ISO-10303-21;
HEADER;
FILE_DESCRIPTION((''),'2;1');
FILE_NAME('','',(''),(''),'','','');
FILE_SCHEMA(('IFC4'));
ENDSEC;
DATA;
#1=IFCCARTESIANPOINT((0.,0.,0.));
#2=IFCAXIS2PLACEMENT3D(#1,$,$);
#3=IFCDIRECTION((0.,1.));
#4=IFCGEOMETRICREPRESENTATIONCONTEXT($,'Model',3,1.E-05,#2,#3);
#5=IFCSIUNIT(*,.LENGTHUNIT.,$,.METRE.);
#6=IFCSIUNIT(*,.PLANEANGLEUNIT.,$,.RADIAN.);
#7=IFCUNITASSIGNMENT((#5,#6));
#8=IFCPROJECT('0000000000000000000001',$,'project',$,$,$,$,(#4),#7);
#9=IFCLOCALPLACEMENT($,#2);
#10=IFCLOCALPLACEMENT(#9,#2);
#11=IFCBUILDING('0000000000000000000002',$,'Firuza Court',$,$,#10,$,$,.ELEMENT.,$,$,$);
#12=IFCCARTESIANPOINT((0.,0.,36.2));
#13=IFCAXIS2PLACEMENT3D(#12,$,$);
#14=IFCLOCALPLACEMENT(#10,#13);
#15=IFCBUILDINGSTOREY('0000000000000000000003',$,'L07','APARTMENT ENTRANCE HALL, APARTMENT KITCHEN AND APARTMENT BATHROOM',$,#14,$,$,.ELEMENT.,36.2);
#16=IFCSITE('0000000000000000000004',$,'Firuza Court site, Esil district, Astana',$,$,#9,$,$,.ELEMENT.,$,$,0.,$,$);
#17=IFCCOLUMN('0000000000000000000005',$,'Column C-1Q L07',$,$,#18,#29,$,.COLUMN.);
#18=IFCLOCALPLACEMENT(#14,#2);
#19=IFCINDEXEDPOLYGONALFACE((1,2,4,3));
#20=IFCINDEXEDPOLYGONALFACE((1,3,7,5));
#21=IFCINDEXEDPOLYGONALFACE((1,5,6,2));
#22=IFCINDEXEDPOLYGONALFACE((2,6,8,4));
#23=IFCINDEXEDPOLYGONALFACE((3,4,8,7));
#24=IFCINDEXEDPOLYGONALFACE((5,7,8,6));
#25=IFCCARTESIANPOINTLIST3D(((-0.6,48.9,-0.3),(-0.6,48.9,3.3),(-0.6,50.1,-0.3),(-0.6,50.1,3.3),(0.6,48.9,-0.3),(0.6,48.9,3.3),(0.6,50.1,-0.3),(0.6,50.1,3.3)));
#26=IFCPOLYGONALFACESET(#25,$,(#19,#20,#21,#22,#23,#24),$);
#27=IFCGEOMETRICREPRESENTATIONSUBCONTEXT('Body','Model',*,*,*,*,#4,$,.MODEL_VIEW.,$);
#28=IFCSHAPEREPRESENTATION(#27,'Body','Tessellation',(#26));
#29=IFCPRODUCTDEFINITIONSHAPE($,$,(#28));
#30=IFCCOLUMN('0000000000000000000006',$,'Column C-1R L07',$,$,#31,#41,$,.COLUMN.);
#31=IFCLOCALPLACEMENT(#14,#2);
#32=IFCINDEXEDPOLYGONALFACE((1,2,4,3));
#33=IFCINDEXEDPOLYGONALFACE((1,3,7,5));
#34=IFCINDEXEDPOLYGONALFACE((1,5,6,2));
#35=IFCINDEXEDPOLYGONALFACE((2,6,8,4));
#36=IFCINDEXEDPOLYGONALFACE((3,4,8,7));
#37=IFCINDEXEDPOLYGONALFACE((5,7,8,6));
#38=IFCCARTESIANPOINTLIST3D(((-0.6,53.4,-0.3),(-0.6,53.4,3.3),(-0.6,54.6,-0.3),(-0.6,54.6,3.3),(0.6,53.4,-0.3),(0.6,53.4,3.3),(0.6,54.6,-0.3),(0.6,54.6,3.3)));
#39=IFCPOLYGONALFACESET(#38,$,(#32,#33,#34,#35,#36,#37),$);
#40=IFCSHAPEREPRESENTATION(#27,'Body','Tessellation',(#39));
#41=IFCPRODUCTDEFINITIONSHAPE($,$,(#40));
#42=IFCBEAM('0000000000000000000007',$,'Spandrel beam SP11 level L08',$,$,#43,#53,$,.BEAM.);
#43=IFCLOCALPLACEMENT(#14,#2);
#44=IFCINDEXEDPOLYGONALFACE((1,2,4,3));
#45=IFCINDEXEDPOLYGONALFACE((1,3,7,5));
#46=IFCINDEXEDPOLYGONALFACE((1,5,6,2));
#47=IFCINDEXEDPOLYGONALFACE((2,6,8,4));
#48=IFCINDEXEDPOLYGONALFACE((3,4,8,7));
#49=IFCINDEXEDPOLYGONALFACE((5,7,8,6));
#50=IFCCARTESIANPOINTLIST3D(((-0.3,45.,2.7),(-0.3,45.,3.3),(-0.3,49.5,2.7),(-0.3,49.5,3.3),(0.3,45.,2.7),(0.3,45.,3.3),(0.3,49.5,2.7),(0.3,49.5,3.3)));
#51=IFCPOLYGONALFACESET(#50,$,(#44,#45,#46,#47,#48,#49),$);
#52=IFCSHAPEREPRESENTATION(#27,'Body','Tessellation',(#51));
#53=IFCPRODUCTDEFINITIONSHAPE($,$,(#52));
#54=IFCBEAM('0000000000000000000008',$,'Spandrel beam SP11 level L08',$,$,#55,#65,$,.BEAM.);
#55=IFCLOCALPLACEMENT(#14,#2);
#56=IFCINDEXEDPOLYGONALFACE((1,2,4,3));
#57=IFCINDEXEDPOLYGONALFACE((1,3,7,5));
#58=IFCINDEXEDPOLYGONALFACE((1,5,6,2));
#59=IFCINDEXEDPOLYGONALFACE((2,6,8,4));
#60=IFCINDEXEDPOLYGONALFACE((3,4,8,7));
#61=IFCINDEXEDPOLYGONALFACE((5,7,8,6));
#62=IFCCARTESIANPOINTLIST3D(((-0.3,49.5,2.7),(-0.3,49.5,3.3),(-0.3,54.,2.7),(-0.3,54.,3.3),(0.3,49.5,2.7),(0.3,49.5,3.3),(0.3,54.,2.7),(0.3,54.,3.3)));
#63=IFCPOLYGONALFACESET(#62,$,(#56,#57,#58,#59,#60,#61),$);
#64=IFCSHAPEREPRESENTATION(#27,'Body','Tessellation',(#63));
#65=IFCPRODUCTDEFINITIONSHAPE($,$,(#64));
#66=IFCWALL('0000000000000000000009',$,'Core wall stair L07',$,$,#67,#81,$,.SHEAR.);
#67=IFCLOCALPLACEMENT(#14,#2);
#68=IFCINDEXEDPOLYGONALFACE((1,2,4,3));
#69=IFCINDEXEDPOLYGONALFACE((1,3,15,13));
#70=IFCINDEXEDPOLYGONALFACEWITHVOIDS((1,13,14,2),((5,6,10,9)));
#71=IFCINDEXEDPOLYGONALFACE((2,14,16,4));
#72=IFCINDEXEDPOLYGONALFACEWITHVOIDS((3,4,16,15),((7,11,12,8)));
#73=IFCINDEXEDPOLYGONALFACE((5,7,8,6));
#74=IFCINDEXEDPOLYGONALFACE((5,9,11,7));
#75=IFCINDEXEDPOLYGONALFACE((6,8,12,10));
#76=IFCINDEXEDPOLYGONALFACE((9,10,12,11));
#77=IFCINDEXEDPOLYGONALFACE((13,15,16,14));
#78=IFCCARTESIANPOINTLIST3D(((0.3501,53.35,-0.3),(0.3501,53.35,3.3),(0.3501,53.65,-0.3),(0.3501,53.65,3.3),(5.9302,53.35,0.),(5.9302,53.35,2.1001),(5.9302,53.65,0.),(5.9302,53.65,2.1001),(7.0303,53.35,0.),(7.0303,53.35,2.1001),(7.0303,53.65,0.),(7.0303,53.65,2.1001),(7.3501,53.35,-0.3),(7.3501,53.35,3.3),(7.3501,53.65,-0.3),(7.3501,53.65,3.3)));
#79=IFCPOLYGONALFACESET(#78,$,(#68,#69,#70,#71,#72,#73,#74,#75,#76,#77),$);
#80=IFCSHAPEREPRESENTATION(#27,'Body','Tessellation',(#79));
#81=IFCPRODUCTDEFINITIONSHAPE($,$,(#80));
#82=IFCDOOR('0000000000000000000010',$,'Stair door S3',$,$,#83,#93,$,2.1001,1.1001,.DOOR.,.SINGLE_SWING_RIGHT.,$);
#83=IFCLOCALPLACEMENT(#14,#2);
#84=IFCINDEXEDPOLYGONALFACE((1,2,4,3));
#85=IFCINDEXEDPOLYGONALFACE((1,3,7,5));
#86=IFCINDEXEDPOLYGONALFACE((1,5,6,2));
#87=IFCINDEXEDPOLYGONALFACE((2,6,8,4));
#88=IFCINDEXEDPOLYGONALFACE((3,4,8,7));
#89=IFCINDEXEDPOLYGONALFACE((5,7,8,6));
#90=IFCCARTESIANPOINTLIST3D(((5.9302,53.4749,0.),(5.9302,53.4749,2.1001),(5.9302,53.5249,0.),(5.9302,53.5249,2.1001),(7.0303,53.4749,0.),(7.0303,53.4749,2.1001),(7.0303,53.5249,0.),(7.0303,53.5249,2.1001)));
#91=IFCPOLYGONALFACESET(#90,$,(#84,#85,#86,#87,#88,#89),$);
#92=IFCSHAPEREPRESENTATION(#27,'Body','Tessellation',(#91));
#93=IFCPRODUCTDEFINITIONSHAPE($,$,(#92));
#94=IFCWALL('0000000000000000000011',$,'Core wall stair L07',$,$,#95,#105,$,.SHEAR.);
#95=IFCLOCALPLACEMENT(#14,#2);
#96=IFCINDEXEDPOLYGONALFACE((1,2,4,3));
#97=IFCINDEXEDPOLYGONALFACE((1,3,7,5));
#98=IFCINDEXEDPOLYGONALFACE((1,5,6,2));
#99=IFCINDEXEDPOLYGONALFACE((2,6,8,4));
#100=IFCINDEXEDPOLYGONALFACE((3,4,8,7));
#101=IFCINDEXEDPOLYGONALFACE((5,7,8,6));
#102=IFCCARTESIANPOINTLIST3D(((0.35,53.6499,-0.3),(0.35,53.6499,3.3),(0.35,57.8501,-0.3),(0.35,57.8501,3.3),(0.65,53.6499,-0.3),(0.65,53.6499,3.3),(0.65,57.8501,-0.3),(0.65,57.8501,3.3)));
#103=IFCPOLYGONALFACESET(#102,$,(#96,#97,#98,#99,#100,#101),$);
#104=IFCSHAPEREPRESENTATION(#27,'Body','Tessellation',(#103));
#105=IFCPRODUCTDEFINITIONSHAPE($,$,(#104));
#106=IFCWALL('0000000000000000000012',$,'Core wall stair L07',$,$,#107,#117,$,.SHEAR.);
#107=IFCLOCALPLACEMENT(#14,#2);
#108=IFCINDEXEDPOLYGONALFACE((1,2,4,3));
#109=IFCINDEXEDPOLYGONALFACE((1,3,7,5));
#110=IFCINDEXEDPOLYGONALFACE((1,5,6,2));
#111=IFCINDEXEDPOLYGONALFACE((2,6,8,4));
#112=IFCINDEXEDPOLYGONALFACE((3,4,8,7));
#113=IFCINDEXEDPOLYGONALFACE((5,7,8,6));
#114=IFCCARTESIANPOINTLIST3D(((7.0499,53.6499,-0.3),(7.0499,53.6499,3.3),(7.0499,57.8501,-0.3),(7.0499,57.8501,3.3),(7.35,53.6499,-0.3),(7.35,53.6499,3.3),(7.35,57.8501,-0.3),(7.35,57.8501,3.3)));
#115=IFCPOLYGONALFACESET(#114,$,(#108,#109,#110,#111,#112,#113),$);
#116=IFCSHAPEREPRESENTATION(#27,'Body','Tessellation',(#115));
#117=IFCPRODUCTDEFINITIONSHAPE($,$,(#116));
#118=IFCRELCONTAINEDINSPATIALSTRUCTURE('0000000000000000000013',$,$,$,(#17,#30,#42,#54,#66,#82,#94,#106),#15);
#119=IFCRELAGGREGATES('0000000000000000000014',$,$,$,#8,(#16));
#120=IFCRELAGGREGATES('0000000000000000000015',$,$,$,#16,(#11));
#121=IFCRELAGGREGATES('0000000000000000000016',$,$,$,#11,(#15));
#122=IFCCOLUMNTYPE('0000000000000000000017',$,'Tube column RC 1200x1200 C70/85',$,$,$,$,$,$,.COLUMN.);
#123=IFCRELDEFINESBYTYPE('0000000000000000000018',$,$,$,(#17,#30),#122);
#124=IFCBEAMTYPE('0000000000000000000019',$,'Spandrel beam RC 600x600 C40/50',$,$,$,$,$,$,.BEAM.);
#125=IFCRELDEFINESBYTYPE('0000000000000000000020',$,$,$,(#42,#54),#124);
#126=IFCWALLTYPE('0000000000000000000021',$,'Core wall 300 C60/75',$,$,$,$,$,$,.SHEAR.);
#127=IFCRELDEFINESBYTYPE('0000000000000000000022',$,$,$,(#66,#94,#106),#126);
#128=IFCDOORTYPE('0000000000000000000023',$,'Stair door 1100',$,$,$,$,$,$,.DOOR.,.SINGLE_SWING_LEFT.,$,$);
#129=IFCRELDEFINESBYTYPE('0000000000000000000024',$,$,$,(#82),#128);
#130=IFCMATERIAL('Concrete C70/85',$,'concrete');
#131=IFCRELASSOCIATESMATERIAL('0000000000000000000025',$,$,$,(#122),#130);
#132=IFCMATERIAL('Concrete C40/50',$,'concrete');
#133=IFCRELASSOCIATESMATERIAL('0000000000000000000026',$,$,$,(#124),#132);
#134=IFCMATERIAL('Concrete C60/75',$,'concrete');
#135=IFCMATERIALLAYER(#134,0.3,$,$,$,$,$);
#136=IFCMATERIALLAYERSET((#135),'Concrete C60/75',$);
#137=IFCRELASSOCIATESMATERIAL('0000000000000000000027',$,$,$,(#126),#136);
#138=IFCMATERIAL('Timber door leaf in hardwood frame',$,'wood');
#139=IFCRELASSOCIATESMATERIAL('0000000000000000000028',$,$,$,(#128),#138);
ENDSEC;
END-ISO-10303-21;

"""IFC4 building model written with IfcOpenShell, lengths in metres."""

from ifc_helpers import new_model, si_unit, direction, frame, frame_2d, origin, origin_2d, place, context, subcontext, project, spatial, rectangle, extrude, material, layer, layer_set, material_profile, profile_set, type_object, element, fill, save


model = new_model("IFC4")

# Units and contexts
model_context = context("Model", 3, precision=1e-05, world=origin(), true_north=direction((0.0, 1.0)))
body_context = subcontext(model_context, "Body", "Model", "MODEL_VIEW")
ifc_project = project(units=[si_unit("LENGTHUNIT", "METRE"), si_unit("PLANEANGLEUNIT", "RADIAN")], contexts=[model_context])

# Site, building, storey
site_placement = place(None, origin())
site = spatial("IfcSite", under=ifc_project, at=site_placement, Name="Firuza Court site, Esil district, Astana", CompositionType="ELEMENT", RefElevation=0.0)
building_placement = place(site_placement, origin())
building = spatial("IfcBuilding", under=site, at=building_placement, Name="Firuza Court", CompositionType="ELEMENT")
storey_placement = place(building_placement, frame((0.0, 0.0, 36.2)))
storey = spatial("IfcBuildingStorey", under=building, at=storey_placement, Name="L07", Description="APARTMENT ENTRANCE HALL, APARTMENT KITCHEN AND APARTMENT BATHROOM", CompositionType="ELEMENT", Elevation=36.2)

# Columns
ifc_material_1 = material(Name="Concrete C70/85", Category="concrete")
ifc_material_profile_1 = material_profile(ifc_material_1, rectangle(XDim=1.2, YDim=1.2, at=origin_2d()), Name="RC 1200x1200")
ifc_profile_set_1 = profile_set([ifc_material_profile_1], Name="Concrete C70/85")
column_type = type_object("IfcColumnType", Name="Tube column RC 1200x1200 C70/85", PredefinedType="COLUMN", material=ifc_profile_set_1)
for number, where, z_axis, x_axis, name in (
    (1, (0.0, 49.5, -0.3), (0.0, 0.0, 1.0), (1.0, 0.0, 0.0), "Column C-1Q L07"),
    (2, (0.0, 54.0, -0.3), (0.0, 0.0, 1.0), (1.0, 0.0, 0.0), "Column C-1R L07"),
):
    element("IfcColumn", number, at=place(storey_placement, frame(where, z_axis=z_axis, x_axis=x_axis)), inside=storey, type_object=column_type, Name=name, PredefinedType="COLUMN", context=body_context, shape_type="SweptSolid", body=[
        extrude(rectangle(XDim=1.2, YDim=1.2, at=origin_2d()), origin(), (0.0, 0.0, 1.0), 3.6001),
    ])

# Beams
ifc_material_2 = material(Name="Concrete C40/50", Category="concrete")
ifc_material_profile_2 = material_profile(ifc_material_2, rectangle(XDim=0.6001, YDim=0.6001, at=origin_2d()), Name="RC 600x600")
ifc_profile_set_2 = profile_set([ifc_material_profile_2], Name="Concrete C40/50")
beam_type = type_object("IfcBeamType", Name="Spandrel beam RC 600x600 C40/50", PredefinedType="BEAM", material=ifc_profile_set_2)
for number, where, z_axis, x_axis, name in (
    (3, (0.0, 49.5, 3.0), (0.0, -1.0, 0.0), (1.0, 0.0, 0.0), "Spandrel beam SP11 level L08"),
    (4, (0.0, 54.0, 3.0), (0.0, -1.0, 0.0), (1.0, 0.0, 0.0), "Spandrel beam SP11 level L08"),
):
    element("IfcBeam", number, at=place(storey_placement, frame(where, z_axis=z_axis, x_axis=x_axis)), inside=storey, type_object=beam_type, Name=name, PredefinedType="BEAM", context=body_context, shape_type="SweptSolid", body=[
        extrude(rectangle(XDim=0.6001, YDim=0.6001, at=origin_2d()), origin(), (0.0, 0.0, 1.0), 4.5),
    ])

# Wall, opening, door
ifc_material_3 = material(Name="Concrete C60/75", Category="concrete")
ifc_layer_1 = layer(ifc_material_3, 0.3)
ifc_layer_set_1 = layer_set([ifc_layer_1], Name="Concrete C60/75")
wall_type_1 = type_object("IfcWallType", Name="Core wall 300 C60/75", PredefinedType="SHEAR", material=ifc_layer_set_1)
wall_1_placement = place(storey_placement, frame((0.3501, 53.5, -0.3), z_axis=(0.0, 0.0, 1.0), x_axis=(1.0, 0.0, 0.0)))
wall_1 = element("IfcWall", 5, at=wall_1_placement, inside=storey, type_object=wall_type_1, Name="Core wall stair L07", PredefinedType="SHEAR", context=body_context, shape_type="SweptSolid", body=[
    extrude(rectangle(XDim=7.0, YDim=0.3, at=frame_2d((3.5, 0.0))), origin(), (0.0, 0.0, 1.0), 3.6001),
])
opening_1_placement = place(wall_1_placement, frame((5.5801, 0.0, 0.3)))
opening_1 = element("IfcOpeningElement", 6, at=opening_1_placement, cuts=wall_1, PredefinedType="OPENING", context=body_context, shape_type="SweptSolid", body=[
    extrude(rectangle(XDim=1.1001, YDim=2.1001, at=frame_2d((0.55, 1.05))), frame((0.0, 0.1621, 0.0), z_axis=(0.0, -1.0, 0.0), x_axis=(1.0, 0.0, 0.0)), (0.0, 0.0, 1.0), 0.324),
])
ifc_material_4 = material(Name="Timber door leaf in hardwood frame", Category="wood")
door_type_1 = type_object("IfcDoorType", Name="Stair door 1100", OperationType="SINGLE_SWING_LEFT", PredefinedType="DOOR", material=ifc_material_4)
door_1_placement = place(opening_1_placement, origin())
door_1 = element("IfcDoor", 7, at=door_1_placement, inside=storey, type_object=door_type_1, Name="Stair door S3", OperationType="SINGLE_SWING_RIGHT", OverallHeight=2.1001, OverallWidth=1.1001, PredefinedType="DOOR", context=body_context, shape_type="SweptSolid", body=[
    extrude(rectangle(XDim=1.1001, YDim=2.1001, at=frame_2d((0.55, 1.05))), frame((0.0, 0.0249, 0.0), z_axis=(0.0, -1.0, 0.0), x_axis=(1.0, 0.0, 0.0)), (0.0, 0.0, 1.0), 0.05),
])
fill(opening_1, door_1)

# Walls
for number, where, z_axis, x_axis, name in (
    (8, (0.5, 53.6499, -0.3), (0.0, 0.0, 1.0), (0.0, 1.0, 0.0), "Core wall stair L07"),
    (9, (7.2, 53.6499, -0.3), (0.0, 0.0, 1.0), (0.0, 1.0, 0.0), "Core wall stair L07"),
):
    element("IfcWall", number, at=place(storey_placement, frame(where, z_axis=z_axis, x_axis=x_axis)), inside=storey, type_object=wall_type_1, Name=name, PredefinedType="SHEAR", context=body_context, shape_type="SweptSolid", body=[
        extrude(rectangle(XDim=4.2002, YDim=0.3, at=frame_2d((2.1001, 0.0))), origin(), (0.0, 0.0, 1.0), 3.6001),
    ])

save(model, "model.ifc")
